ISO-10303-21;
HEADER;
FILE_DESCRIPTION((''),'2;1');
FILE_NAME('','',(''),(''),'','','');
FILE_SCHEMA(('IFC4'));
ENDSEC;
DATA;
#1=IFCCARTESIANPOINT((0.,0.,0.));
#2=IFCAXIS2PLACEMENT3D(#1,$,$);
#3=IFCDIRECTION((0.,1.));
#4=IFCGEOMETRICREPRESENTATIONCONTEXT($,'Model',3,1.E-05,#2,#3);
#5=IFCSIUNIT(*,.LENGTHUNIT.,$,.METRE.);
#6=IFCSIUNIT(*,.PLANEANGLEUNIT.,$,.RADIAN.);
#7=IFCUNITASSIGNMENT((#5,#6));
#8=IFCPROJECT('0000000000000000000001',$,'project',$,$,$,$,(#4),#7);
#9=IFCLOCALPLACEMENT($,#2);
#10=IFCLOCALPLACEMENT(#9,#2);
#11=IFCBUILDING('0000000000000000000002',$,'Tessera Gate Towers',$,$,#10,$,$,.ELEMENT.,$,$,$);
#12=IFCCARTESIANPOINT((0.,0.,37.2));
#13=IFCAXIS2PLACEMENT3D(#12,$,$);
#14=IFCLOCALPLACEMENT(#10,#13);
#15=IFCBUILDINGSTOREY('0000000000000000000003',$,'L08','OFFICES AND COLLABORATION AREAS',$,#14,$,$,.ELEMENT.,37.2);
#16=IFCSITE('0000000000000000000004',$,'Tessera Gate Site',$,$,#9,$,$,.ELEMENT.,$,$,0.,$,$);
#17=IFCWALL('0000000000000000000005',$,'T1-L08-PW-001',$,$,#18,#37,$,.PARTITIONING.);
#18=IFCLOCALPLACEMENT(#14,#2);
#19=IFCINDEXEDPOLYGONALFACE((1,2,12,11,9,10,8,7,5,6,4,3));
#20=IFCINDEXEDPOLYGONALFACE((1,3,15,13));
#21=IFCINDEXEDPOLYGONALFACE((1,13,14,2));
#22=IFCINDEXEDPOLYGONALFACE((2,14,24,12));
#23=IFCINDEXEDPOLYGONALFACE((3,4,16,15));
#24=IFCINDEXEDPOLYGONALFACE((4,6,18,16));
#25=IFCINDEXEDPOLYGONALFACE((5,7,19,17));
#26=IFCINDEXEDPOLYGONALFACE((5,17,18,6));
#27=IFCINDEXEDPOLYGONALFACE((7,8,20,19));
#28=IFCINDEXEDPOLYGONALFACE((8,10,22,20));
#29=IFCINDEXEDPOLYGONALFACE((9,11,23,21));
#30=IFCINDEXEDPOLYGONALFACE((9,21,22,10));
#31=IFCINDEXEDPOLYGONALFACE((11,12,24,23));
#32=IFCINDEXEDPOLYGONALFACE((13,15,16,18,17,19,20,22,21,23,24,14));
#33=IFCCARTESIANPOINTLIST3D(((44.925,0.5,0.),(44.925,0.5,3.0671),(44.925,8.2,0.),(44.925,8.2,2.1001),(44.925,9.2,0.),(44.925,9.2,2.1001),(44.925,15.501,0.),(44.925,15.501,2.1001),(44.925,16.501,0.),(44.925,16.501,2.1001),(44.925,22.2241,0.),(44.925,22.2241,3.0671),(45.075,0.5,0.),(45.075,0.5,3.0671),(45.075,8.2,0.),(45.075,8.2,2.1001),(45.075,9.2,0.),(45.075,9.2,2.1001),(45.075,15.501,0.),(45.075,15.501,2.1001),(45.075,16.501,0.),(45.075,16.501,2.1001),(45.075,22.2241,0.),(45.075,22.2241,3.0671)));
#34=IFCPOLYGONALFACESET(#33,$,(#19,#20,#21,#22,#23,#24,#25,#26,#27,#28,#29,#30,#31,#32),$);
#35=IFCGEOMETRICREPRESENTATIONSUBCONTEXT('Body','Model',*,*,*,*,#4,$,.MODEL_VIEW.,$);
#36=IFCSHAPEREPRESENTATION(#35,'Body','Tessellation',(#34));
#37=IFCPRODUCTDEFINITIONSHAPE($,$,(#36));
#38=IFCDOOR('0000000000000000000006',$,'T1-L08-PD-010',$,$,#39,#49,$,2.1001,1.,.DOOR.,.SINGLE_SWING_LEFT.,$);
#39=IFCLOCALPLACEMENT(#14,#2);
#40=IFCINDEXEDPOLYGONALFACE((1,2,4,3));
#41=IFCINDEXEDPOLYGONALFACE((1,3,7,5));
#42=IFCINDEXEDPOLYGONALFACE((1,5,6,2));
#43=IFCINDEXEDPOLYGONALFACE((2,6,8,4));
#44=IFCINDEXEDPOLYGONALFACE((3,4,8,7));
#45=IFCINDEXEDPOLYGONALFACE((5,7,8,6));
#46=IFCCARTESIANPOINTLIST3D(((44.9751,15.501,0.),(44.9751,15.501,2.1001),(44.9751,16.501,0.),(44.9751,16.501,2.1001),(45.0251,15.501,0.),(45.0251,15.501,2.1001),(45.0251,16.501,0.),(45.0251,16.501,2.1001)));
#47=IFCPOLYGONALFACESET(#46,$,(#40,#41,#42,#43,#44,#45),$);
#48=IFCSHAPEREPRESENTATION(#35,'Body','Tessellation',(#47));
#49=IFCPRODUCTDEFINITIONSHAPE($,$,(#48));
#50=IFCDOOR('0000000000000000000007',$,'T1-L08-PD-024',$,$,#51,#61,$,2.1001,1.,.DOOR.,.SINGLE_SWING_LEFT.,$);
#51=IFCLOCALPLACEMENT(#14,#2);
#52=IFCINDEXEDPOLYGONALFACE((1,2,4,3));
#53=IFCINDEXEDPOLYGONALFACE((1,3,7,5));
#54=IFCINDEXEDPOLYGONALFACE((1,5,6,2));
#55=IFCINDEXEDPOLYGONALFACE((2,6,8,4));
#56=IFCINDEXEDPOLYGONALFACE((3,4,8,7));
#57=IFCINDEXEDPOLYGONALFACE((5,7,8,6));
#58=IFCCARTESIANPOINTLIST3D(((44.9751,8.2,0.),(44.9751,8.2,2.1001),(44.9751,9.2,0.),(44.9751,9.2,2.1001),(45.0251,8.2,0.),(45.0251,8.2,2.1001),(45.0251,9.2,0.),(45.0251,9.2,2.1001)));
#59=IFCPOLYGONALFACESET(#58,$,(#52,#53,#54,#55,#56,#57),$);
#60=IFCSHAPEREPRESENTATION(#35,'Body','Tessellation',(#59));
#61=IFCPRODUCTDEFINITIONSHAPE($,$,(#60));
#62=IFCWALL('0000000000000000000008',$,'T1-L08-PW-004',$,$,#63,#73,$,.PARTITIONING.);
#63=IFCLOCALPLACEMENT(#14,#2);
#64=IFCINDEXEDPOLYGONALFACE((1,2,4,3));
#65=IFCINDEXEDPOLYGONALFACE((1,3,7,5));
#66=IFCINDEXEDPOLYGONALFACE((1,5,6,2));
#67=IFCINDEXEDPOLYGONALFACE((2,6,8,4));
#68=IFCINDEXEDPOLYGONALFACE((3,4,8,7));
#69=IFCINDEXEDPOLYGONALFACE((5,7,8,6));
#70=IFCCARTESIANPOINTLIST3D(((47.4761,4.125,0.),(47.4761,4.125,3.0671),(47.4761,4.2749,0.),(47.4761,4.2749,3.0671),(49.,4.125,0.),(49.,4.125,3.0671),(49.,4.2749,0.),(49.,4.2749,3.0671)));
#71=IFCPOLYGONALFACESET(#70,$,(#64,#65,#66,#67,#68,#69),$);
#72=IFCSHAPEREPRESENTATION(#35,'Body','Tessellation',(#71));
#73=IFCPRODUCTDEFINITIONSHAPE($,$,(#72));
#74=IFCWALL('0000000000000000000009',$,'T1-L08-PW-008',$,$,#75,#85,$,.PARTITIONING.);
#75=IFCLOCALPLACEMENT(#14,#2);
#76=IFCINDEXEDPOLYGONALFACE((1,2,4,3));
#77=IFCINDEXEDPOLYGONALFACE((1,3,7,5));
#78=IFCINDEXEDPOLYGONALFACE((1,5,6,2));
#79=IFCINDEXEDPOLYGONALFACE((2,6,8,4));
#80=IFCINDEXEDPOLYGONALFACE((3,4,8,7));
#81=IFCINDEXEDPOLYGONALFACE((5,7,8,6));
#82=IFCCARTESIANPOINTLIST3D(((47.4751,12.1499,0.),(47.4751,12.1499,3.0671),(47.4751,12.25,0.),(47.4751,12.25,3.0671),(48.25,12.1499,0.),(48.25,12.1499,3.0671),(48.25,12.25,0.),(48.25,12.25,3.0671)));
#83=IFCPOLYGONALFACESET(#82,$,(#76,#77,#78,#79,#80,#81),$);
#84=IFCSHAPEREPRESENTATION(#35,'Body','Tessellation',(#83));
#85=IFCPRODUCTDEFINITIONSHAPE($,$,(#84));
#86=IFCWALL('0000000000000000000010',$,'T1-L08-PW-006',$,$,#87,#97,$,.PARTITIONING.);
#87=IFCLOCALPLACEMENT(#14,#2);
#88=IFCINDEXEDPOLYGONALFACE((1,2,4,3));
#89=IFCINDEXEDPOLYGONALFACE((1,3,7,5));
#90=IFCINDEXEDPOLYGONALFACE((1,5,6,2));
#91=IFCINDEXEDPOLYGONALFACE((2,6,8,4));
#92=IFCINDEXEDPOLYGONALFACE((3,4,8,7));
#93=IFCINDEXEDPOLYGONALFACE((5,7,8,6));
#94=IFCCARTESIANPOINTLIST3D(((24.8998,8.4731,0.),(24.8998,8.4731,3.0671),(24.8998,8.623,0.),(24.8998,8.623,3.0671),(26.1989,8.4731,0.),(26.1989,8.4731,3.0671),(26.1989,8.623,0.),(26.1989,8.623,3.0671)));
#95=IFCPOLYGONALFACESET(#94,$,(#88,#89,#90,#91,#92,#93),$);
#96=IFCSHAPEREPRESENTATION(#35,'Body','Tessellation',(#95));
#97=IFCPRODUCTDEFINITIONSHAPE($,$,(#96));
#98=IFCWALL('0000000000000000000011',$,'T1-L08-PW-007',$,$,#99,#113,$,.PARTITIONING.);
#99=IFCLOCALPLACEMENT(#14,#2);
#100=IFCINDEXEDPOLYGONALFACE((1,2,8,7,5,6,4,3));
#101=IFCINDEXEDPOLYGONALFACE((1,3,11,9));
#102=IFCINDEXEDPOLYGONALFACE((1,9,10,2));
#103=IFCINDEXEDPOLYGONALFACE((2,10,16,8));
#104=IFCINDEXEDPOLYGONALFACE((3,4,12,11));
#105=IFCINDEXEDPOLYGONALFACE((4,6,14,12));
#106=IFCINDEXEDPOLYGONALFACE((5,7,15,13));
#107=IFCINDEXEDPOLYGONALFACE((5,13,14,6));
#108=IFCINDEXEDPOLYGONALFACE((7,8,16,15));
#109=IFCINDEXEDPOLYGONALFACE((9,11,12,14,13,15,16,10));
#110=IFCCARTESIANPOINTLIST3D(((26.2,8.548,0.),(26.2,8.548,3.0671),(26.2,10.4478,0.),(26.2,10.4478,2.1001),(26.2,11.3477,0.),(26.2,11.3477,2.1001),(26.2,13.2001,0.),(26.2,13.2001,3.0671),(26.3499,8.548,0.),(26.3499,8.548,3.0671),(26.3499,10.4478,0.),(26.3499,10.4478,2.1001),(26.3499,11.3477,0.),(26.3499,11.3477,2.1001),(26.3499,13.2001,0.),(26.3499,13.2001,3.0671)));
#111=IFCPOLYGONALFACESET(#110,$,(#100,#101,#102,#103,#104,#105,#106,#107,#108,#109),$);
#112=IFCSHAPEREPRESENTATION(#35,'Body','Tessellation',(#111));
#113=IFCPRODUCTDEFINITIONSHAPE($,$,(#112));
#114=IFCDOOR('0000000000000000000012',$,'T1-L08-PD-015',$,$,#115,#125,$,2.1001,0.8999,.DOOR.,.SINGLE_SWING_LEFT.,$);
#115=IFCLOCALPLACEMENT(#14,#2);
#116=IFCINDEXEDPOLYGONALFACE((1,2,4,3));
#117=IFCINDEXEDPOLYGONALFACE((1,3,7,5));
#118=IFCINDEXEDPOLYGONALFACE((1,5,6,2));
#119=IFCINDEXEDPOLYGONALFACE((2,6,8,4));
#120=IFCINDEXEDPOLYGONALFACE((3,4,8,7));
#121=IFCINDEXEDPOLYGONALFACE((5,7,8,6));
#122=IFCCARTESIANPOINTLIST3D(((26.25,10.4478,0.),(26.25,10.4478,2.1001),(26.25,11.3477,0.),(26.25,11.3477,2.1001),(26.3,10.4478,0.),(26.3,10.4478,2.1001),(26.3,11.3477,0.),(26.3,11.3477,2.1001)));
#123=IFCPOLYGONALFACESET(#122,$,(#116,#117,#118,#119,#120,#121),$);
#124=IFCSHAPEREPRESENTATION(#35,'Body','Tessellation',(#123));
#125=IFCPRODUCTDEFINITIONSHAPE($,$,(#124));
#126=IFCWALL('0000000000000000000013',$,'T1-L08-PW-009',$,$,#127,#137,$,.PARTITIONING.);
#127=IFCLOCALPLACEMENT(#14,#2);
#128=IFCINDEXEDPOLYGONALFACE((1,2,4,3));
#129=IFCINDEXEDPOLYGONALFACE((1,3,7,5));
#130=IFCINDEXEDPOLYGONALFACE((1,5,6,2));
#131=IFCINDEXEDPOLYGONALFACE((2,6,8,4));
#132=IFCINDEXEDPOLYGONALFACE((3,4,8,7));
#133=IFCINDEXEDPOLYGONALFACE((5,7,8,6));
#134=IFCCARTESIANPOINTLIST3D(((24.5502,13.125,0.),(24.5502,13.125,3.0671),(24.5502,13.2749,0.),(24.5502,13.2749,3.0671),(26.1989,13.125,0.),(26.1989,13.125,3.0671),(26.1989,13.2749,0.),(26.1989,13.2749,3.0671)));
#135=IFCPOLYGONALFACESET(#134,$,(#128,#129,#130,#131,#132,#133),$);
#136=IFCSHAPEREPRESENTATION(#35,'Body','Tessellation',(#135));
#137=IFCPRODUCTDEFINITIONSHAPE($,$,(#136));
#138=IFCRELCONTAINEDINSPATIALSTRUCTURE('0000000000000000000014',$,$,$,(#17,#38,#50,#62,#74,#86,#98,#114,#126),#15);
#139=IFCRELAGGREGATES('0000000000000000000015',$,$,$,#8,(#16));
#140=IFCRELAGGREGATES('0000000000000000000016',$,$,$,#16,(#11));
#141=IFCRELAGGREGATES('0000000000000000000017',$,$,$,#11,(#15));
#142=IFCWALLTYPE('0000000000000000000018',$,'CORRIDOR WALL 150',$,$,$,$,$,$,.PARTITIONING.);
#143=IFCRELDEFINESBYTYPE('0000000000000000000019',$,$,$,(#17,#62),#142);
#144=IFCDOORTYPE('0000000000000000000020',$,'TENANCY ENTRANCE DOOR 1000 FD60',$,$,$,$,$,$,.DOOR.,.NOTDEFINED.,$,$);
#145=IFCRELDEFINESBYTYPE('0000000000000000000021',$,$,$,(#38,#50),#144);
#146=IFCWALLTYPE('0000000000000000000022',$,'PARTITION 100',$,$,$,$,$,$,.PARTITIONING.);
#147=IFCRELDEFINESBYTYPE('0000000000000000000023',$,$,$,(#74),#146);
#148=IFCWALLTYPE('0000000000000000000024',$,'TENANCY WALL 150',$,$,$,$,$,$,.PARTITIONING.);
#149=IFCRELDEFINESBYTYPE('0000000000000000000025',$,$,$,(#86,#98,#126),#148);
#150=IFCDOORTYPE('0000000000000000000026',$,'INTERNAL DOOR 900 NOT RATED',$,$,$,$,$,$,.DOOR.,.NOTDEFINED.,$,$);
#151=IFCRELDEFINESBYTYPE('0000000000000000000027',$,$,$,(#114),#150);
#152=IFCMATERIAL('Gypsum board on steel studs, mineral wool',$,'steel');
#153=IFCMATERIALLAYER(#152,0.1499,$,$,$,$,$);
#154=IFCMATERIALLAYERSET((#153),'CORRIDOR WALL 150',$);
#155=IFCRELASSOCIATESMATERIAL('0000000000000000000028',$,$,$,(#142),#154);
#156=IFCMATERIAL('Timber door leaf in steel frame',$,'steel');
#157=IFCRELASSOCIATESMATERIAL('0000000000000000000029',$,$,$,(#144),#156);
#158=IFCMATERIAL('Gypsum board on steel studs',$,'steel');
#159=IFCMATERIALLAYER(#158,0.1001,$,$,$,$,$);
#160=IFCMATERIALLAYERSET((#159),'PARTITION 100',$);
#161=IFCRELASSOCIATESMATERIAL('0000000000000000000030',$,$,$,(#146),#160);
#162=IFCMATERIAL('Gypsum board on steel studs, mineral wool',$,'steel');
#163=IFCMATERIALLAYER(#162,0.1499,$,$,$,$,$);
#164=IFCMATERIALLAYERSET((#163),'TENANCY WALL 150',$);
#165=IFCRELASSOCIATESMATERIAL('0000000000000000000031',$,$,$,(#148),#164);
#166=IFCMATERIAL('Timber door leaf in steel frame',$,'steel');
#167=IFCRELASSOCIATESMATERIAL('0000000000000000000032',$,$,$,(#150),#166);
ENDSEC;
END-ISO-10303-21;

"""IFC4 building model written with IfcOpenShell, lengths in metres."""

from ifc_helpers import new_model, si_unit, direction, frame, frame_2d, origin, place, context, subcontext, project, spatial, rectangle, extrude, source, transform, mapped, material, layer, layer_set, type_object, element, fill, save


model = new_model("IFC4")

# Units and contexts
model_context = context("Model", 3, precision=1e-05, world=origin(), true_north=direction((0.0, 1.0)))
body_context = subcontext(model_context, "Body", "Model", "MODEL_VIEW")
ifc_project = project(units=[si_unit("LENGTHUNIT", "METRE"), si_unit("PLANEANGLEUNIT", "RADIAN")], contexts=[model_context])

# Site, building, storey
site_placement = place(None, origin())
site = spatial("IfcSite", under=ifc_project, at=site_placement, Name="Tessera Gate Site", CompositionType="ELEMENT", RefElevation=0.0)
building_placement = place(site_placement, origin())
building = spatial("IfcBuilding", under=site, at=building_placement, Name="Tessera Gate Towers", CompositionType="ELEMENT")
storey_placement = place(building_placement, frame((0.0, 0.0, 37.2)))
storey = spatial("IfcBuildingStorey", under=building, at=storey_placement, Name="L08", Description="OFFICES AND COLLABORATION AREAS", CompositionType="ELEMENT", Elevation=37.2)

# Wall, openings, doors
ifc_material_1 = material(Name="Gypsum board on steel studs, mineral wool", Category="steel")
ifc_layer_1 = layer(ifc_material_1, 0.1499)
ifc_layer_set_1 = layer_set([ifc_layer_1], Name="CORRIDOR WALL 150")
wall_type_1 = type_object("IfcWallType", Name="CORRIDOR WALL 150", PredefinedType="PARTITIONING", material=ifc_layer_set_1)
wall_1_placement = place(storey_placement, frame((45.0, 0.5, 0.0), z_axis=(0.0, 0.0, 1.0), x_axis=(0.0, 1.0, 0.0)))
wall_1 = element("IfcWall", 1, at=wall_1_placement, inside=storey, type_object=wall_type_1, Name="T1-L08-PW-001", PredefinedType="PARTITIONING", context=body_context, shape_type="SweptSolid", body=[
    extrude(rectangle(XDim=21.7241, YDim=0.1499, at=frame_2d((10.8621, 0.0))), origin(), (0.0, 0.0, 1.0), 3.0671),
])
shared_shape_1 = source(origin(), body_context, "Body", "SweptSolid", [
    extrude(rectangle(XDim=1.0, YDim=2.1001, at=frame_2d((0.5, 1.05))), frame((0.0, 0.085, 0.0), z_axis=(0.0, -1.0, 0.0), x_axis=(1.0, 0.0, 0.0)), (0.0, 0.0, 1.0), 0.1699),
])
opening_1_placement = place(wall_1_placement, frame((15.001, 0.0, 0.0)))
opening_1 = element("IfcOpeningElement", 2, at=opening_1_placement, cuts=wall_1, PredefinedType="OPENING", context=body_context, shape_type="MappedRepresentation", body=[
    mapped(shared_shape_1, transform((0.0, 0.0, 0.0), scale=1.0)),
])
opening_2_placement = place(wall_1_placement, frame((7.7, 0.0, 0.0)))
opening_2 = element("IfcOpeningElement", 3, at=opening_2_placement, cuts=wall_1, PredefinedType="OPENING", context=body_context, shape_type="MappedRepresentation", body=[
    mapped(shared_shape_1, transform((0.0, 0.0, 0.0), scale=1.0)),
])
ifc_material_2 = material(Name="Timber door leaf in steel frame", Category="steel")
door_type_1 = type_object("IfcDoorType", Name="TENANCY ENTRANCE DOOR 1000 FD60", OperationType="NOTDEFINED", PredefinedType="DOOR", material=ifc_material_2)
shared_shape_2 = source(origin(), body_context, "Body", "SweptSolid", [
    extrude(rectangle(XDim=1.0, YDim=2.1001, at=frame_2d((0.5, 1.05))), frame((0.0, 0.0249, 0.0), z_axis=(0.0, -1.0, 0.0), x_axis=(1.0, 0.0, 0.0)), (0.0, 0.0, 1.0), 0.05),
])
door_1_placement = place(opening_1_placement, origin())
door_1 = element("IfcDoor", 4, at=door_1_placement, inside=storey, type_object=door_type_1, Name="T1-L08-PD-010", OperationType="SINGLE_SWING_LEFT", OverallHeight=2.1001, OverallWidth=1.0, PredefinedType="DOOR", context=body_context, shape_type="MappedRepresentation", body=[
    mapped(shared_shape_2, transform((0.0, 0.0, 0.0), scale=1.0)),
])
fill(opening_1, door_1)
door_2_placement = place(opening_2_placement, origin())
door_2 = element("IfcDoor", 5, at=door_2_placement, inside=storey, type_object=door_type_1, Name="T1-L08-PD-024", OperationType="SINGLE_SWING_LEFT", OverallHeight=2.1001, OverallWidth=1.0, PredefinedType="DOOR", context=body_context, shape_type="MappedRepresentation", body=[
    mapped(shared_shape_2, transform((0.0, 0.0, 0.0), scale=1.0)),
])
fill(opening_2, door_2)

# Walls
wall_2_placement = place(storey_placement, frame((47.4761, 4.2, 0.0), z_axis=(0.0, 0.0, 1.0), x_axis=(1.0, 0.0, 0.0)))
element("IfcWall", 6, at=wall_2_placement, inside=storey, type_object=wall_type_1, Name="T1-L08-PW-004", PredefinedType="PARTITIONING", context=body_context, shape_type="SweptSolid", body=[
    extrude(rectangle(XDim=1.5239, YDim=0.1499, at=frame_2d((0.762, 0.0))), origin(), (0.0, 0.0, 1.0), 3.0671),
])
ifc_material_3 = material(Name="Gypsum board on steel studs", Category="steel")
ifc_layer_2 = layer(ifc_material_3, 0.1001)
ifc_layer_set_2 = layer_set([ifc_layer_2], Name="PARTITION 100")
wall_type_2 = type_object("IfcWallType", Name="PARTITION 100", PredefinedType="PARTITIONING", material=ifc_layer_set_2)
wall_3_placement = place(storey_placement, frame((48.25, 12.2, 0.0), z_axis=(0.0, 0.0, 1.0), x_axis=(-1.0, 0.0, 0.0)))
element("IfcWall", 7, at=wall_3_placement, inside=storey, type_object=wall_type_2, Name="T1-L08-PW-008", PredefinedType="PARTITIONING", context=body_context, shape_type="SweptSolid", body=[
    extrude(rectangle(XDim=0.7749, YDim=0.1001, at=frame_2d((0.3875, 0.0))), origin(), (0.0, 0.0, 1.0), 3.0671),
])
ifc_material_4 = material(Name="Gypsum board on steel studs, mineral wool", Category="steel")
ifc_layer_3 = layer(ifc_material_4, 0.1499)
ifc_layer_set_3 = layer_set([ifc_layer_3], Name="TENANCY WALL 150")
wall_type_3 = type_object("IfcWallType", Name="TENANCY WALL 150", PredefinedType="PARTITIONING", material=ifc_layer_set_3)
wall_4_placement = place(storey_placement, frame((24.8999, 8.5481, 0.0), z_axis=(0.0, 0.0, 1.0), x_axis=(1.0, 0.0, 0.0)))
element("IfcWall", 8, at=wall_4_placement, inside=storey, type_object=wall_type_3, Name="T1-L08-PW-006", PredefinedType="PARTITIONING", context=body_context, shape_type="SweptSolid", body=[
    extrude(rectangle(XDim=1.2991, YDim=0.1499, at=frame_2d((0.6494, 0.0))), origin(), (0.0, 0.0, 1.0), 3.0671),
])

# Wall, opening, door
wall_5_placement = place(storey_placement, frame((26.2749, 8.5479, 0.0), z_axis=(0.0, 0.0, 1.0), x_axis=(0.0, 1.0, 0.0)))
wall_5 = element("IfcWall", 9, at=wall_5_placement, inside=storey, type_object=wall_type_3, Name="T1-L08-PW-007", PredefinedType="PARTITIONING", context=body_context, shape_type="SweptSolid", body=[
    extrude(rectangle(XDim=4.6521, YDim=0.1499, at=frame_2d((2.3262, 0.0))), origin(), (0.0, 0.0, 1.0), 3.0671),
])
shared_shape_3 = source(origin(), body_context, "Body", "SweptSolid", [
    extrude(rectangle(XDim=0.8999, YDim=2.1001, at=frame_2d((0.45, 1.05))), frame((0.0, 0.085, 0.0), z_axis=(0.0, -1.0, 0.0), x_axis=(1.0, 0.0, 0.0)), (0.0, 0.0, 1.0), 0.1699),
])
opening_3_placement = place(wall_5_placement, frame((1.8999, 0.0, 0.0)))
opening_3 = element("IfcOpeningElement", 10, at=opening_3_placement, cuts=wall_5, PredefinedType="OPENING", context=body_context, shape_type="MappedRepresentation", body=[
    mapped(shared_shape_3, transform((0.0, 0.0, 0.0), scale=1.0)),
])
ifc_material_5 = material(Name="Timber door leaf in steel frame", Category="steel")
door_type_2 = type_object("IfcDoorType", Name="INTERNAL DOOR 900 NOT RATED", OperationType="NOTDEFINED", PredefinedType="DOOR", material=ifc_material_5)
shared_shape_4 = source(origin(), body_context, "Body", "SweptSolid", [
    extrude(rectangle(XDim=0.8999, YDim=2.1001, at=frame_2d((0.45, 1.05))), frame((0.0, 0.0249, 0.0), z_axis=(0.0, -1.0, 0.0), x_axis=(1.0, 0.0, 0.0)), (0.0, 0.0, 1.0), 0.05),
])
door_3_placement = place(opening_3_placement, origin())
door_3 = element("IfcDoor", 11, at=door_3_placement, inside=storey, type_object=door_type_2, Name="T1-L08-PD-015", OperationType="SINGLE_SWING_LEFT", OverallHeight=2.1001, OverallWidth=0.8999, PredefinedType="DOOR", context=body_context, shape_type="MappedRepresentation", body=[
    mapped(shared_shape_4, transform((0.0, 0.0, 0.0), scale=1.0)),
])
fill(opening_3, door_3)

# Wall
wall_6_placement = place(storey_placement, frame((24.5503, 13.2, 0.0), z_axis=(0.0, 0.0, 1.0), x_axis=(1.0, 0.0, 0.0)))
element("IfcWall", 12, at=wall_6_placement, inside=storey, type_object=wall_type_3, Name="T1-L08-PW-009", PredefinedType="PARTITIONING", context=body_context, shape_type="SweptSolid", body=[
    extrude(rectangle(XDim=1.6487, YDim=0.1499, at=frame_2d((0.8242, 0.0))), origin(), (0.0, 0.0, 1.0), 3.0671),
])

save(model, "model.ifc")
